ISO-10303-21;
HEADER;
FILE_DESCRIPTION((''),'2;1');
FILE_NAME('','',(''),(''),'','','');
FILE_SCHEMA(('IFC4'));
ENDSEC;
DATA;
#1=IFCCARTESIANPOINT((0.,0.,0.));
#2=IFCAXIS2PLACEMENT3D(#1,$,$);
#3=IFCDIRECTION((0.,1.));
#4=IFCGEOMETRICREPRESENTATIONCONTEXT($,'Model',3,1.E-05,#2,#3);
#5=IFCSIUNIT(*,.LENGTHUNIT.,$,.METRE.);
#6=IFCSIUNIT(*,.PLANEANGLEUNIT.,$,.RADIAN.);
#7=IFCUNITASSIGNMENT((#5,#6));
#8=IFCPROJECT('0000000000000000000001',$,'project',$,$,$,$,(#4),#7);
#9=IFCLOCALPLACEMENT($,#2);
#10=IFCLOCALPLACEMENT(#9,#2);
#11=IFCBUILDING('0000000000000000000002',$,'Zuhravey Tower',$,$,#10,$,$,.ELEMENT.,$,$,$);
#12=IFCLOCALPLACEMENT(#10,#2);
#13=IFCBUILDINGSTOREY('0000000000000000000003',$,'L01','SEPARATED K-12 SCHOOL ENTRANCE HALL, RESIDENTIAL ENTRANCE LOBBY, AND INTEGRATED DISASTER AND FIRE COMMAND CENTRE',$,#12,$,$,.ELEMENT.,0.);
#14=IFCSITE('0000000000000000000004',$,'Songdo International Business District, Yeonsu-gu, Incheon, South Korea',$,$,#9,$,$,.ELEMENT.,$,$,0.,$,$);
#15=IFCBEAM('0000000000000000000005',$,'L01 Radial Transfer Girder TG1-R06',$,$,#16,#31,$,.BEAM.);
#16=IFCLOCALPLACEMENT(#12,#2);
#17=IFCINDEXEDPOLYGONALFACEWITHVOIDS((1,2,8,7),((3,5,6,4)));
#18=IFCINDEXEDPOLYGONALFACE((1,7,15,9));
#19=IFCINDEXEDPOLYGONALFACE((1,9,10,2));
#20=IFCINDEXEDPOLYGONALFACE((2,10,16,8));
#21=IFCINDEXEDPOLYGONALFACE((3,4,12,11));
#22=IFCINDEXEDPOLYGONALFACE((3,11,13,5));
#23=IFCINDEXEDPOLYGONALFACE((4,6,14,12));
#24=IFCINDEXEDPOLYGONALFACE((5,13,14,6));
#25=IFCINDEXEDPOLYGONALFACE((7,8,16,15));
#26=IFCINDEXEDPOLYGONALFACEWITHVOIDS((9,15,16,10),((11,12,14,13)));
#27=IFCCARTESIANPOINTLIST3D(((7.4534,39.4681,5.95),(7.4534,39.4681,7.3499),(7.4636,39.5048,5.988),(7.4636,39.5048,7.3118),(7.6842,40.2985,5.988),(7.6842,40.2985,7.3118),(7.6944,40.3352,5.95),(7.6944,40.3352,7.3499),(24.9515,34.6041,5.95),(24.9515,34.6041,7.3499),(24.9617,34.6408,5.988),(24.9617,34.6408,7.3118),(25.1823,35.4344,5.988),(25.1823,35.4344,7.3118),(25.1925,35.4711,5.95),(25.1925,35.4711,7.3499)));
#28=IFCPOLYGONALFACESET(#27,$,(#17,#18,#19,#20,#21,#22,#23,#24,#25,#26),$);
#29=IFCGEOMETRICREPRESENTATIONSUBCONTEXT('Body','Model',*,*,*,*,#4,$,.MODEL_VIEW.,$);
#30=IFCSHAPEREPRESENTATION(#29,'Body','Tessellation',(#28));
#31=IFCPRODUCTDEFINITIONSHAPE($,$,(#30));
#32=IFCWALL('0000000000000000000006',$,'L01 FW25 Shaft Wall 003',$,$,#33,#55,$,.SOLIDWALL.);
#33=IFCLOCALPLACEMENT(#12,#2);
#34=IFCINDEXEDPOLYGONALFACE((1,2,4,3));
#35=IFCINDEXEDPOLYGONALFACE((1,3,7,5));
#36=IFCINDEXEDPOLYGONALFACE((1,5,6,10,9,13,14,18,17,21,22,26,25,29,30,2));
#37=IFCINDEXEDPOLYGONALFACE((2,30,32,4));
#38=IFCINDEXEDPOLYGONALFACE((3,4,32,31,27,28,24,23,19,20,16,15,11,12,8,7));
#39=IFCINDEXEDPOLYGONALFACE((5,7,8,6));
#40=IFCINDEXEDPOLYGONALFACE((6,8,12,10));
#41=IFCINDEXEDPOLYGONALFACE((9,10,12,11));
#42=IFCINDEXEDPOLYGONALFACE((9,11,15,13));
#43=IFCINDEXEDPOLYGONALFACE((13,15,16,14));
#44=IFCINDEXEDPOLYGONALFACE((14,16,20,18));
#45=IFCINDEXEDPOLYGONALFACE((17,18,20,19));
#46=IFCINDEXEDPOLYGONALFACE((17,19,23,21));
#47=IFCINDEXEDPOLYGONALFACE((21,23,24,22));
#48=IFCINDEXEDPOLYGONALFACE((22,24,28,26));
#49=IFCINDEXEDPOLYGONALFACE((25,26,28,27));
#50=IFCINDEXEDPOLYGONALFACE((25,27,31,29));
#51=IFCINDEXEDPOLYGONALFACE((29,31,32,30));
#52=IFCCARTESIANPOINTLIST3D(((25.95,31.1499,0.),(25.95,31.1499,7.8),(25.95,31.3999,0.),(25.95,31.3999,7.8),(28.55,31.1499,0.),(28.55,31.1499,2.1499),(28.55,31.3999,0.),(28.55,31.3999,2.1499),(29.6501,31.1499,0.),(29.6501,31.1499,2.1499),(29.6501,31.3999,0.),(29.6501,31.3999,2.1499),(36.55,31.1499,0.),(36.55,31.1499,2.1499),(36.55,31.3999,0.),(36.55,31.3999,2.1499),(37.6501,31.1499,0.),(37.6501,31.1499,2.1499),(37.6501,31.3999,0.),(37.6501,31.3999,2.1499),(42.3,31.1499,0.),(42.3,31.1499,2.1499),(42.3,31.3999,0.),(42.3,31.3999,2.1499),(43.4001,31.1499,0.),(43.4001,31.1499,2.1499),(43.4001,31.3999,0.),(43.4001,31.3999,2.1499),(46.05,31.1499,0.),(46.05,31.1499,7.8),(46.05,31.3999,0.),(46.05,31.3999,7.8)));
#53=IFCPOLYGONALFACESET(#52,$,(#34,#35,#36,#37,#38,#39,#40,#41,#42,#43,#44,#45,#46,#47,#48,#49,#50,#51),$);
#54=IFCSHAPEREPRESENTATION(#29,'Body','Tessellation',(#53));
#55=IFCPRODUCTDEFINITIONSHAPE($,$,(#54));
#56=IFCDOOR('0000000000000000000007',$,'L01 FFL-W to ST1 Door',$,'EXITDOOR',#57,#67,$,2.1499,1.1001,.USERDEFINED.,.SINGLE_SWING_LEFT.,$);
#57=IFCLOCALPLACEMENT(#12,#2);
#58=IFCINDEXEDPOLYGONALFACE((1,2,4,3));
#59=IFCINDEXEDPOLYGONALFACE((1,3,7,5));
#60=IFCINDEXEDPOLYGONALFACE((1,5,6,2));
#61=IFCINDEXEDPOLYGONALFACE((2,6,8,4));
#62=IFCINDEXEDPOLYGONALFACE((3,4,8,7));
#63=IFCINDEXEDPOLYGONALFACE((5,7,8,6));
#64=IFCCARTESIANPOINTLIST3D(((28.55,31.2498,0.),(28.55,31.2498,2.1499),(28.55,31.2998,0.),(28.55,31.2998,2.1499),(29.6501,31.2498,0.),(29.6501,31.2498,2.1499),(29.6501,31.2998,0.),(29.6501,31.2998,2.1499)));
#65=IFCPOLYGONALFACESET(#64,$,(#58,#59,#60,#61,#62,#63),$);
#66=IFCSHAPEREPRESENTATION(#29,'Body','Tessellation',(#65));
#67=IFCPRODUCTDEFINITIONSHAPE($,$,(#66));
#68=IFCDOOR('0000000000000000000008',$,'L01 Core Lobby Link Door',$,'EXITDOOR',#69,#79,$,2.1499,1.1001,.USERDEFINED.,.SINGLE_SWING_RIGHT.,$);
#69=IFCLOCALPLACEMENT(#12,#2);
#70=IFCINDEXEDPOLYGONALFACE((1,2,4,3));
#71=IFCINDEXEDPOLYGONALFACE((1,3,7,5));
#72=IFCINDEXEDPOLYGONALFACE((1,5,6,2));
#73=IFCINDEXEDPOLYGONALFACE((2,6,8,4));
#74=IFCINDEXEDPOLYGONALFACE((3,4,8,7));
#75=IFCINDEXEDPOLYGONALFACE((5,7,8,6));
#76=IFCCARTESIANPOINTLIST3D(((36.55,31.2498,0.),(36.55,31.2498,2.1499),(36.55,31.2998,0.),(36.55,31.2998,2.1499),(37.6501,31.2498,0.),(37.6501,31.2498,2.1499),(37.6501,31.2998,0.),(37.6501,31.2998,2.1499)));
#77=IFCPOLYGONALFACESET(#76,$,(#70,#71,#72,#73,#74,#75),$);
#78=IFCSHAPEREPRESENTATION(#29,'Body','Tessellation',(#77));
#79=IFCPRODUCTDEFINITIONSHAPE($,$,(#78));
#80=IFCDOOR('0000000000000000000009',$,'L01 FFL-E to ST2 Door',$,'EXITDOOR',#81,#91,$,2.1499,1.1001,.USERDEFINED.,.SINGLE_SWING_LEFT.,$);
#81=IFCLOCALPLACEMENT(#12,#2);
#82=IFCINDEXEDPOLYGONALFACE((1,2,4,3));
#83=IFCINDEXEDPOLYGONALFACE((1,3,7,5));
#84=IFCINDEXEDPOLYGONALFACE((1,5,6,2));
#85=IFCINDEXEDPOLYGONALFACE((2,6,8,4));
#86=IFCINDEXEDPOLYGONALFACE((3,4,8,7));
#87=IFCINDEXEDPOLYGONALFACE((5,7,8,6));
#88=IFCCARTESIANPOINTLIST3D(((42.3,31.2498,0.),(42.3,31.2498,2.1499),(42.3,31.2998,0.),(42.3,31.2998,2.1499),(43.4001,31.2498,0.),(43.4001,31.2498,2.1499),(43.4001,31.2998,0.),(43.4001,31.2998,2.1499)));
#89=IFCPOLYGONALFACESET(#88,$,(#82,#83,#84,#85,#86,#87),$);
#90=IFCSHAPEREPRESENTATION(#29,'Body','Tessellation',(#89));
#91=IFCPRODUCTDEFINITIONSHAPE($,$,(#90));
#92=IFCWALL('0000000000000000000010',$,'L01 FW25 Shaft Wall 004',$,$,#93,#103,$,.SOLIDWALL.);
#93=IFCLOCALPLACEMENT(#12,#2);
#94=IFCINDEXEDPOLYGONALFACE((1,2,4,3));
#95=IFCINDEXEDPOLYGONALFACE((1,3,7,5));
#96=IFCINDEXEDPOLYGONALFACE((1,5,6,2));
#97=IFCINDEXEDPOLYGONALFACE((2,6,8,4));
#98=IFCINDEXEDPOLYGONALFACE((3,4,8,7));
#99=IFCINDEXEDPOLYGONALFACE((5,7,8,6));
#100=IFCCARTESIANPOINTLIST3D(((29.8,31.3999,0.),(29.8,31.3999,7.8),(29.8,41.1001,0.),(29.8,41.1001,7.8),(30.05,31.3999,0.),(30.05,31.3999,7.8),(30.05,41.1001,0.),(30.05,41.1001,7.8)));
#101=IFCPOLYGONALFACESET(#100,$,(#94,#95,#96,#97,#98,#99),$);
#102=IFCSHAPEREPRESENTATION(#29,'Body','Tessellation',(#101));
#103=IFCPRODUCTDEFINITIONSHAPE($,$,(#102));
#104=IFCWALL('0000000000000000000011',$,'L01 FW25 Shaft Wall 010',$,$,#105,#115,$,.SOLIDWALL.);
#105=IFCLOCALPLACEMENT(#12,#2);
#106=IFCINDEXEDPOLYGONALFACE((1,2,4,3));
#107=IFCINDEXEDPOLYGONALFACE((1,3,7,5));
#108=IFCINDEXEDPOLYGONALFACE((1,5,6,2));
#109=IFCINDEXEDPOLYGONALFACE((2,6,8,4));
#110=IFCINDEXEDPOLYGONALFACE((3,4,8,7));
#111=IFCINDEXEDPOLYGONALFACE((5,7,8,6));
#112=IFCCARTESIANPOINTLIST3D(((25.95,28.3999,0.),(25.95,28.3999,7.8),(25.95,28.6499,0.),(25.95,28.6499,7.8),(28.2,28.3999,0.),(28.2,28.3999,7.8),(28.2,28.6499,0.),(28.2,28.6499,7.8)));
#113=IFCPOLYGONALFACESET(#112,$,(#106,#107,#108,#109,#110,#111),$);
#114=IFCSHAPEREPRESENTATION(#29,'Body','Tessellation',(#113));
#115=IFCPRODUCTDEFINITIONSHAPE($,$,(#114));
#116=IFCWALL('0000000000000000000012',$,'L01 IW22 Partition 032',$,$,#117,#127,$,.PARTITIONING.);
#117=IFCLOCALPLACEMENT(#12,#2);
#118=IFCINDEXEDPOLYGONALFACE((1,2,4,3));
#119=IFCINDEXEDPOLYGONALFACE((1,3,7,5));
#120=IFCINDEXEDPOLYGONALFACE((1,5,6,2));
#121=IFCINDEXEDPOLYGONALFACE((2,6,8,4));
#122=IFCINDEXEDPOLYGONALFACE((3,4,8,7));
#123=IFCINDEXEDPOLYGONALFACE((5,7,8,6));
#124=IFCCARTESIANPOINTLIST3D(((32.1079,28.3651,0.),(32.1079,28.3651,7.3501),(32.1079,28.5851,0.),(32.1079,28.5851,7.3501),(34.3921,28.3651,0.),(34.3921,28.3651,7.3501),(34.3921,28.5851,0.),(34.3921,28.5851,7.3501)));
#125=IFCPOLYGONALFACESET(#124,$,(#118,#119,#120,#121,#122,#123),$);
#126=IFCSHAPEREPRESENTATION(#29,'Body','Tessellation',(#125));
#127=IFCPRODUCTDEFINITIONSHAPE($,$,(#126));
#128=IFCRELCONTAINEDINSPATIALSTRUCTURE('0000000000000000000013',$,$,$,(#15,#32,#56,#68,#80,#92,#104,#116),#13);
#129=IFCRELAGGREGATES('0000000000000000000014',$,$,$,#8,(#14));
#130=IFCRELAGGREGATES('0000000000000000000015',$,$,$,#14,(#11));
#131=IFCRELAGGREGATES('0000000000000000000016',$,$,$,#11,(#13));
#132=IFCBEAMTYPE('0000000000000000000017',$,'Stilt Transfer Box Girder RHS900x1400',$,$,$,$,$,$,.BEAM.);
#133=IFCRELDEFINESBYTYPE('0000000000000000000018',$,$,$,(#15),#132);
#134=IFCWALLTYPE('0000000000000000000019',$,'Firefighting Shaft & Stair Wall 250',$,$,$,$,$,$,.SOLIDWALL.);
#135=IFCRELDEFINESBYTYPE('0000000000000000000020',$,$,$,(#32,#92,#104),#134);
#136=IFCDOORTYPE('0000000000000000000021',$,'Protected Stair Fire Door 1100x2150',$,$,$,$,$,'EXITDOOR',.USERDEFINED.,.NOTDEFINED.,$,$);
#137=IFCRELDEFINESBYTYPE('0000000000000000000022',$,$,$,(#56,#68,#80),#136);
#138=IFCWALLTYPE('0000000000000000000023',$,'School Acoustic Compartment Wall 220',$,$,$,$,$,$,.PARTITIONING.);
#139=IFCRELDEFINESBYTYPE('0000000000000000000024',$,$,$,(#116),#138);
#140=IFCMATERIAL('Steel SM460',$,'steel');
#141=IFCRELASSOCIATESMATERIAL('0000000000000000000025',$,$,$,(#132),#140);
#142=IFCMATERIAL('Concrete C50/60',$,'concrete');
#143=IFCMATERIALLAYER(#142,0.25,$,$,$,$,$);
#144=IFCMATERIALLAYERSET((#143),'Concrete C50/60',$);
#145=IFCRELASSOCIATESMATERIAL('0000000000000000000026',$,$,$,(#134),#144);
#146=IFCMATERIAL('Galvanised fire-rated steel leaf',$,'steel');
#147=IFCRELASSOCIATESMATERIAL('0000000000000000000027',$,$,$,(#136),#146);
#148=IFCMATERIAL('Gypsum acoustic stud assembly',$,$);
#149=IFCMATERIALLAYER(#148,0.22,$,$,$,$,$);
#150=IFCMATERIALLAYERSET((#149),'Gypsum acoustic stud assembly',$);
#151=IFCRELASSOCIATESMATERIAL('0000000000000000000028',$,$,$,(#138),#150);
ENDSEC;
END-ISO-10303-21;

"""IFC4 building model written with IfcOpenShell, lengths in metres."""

from ifc_helpers import new_model, si_unit, direction, frame, frame_2d, origin, origin_2d, place, context, subcontext, project, spatial, rectangle, hollow_rectangle, extrude, material, layer, layer_set, material_profile, profile_set, type_object, element, fill, save


model = new_model("IFC4")

# Units and contexts
model_context = context("Model", 3, precision=1e-05, world=origin(), true_north=direction((0.0, 1.0)))
body_context = subcontext(model_context, "Body", "Model", "MODEL_VIEW")
ifc_project = project(units=[si_unit("LENGTHUNIT", "METRE"), si_unit("PLANEANGLEUNIT", "RADIAN")], contexts=[model_context])

# Site, building, storey
site_placement = place(None, origin())
site = spatial("IfcSite", under=ifc_project, at=site_placement, Name="Songdo International Business District, Yeonsu-gu, Incheon, South Korea", CompositionType="ELEMENT", RefElevation=0.0)
building_placement = place(site_placement, origin())
building = spatial("IfcBuilding", under=site, at=building_placement, Name="Zuhravey Tower", CompositionType="ELEMENT")
storey_placement = place(building_placement, origin())
storey = spatial("IfcBuildingStorey", under=building, at=storey_placement, Name="L01", Description="SEPARATED K-12 SCHOOL ENTRANCE HALL, RESIDENTIAL ENTRANCE LOBBY, AND INTEGRATED DISASTER AND FIRE COMMAND CENTRE", CompositionType="ELEMENT", Elevation=0.0)

# Beam
ifc_material_1 = material(Name="Steel SM460", Category="steel")
ifc_material_profile = material_profile(ifc_material_1, hollow_rectangle(XDim=0.8999, YDim=1.3999, WallThickness=0.0381, at=origin_2d()), Name="RHS-900x1400x38")
ifc_profile_set = profile_set([ifc_material_profile], Name="Steel SM460")
beam_type = type_object("IfcBeamType", Name="Stilt Transfer Box Girder RHS900x1400", PredefinedType="BEAM", material=ifc_profile_set)
beam_placement = place(storey_placement, frame((25.072, 35.0376, 6.6499), z_axis=(-0.963469, 0.26782, 0.0), x_axis=(-0.26782, -0.963469, 0.0)))
element("IfcBeam", 1, at=beam_placement, inside=storey, type_object=beam_type, Name="L01 Radial Transfer Girder TG1-R06", PredefinedType="BEAM", context=body_context, shape_type="SweptSolid", body=[
    extrude(hollow_rectangle(XDim=0.8999, YDim=1.3999, WallThickness=0.0381, at=origin_2d()), origin(), (0.0, 0.0, 1.0), 18.1616),
])

# Wall, openings, doors
ifc_material_2 = material(Name="Concrete C50/60", Category="concrete")
ifc_layer_1 = layer(ifc_material_2, 0.25)
ifc_layer_set_1 = layer_set([ifc_layer_1], Name="Concrete C50/60")
wall_type_1 = type_object("IfcWallType", Name="Firefighting Shaft & Stair Wall 250", PredefinedType="SOLIDWALL", material=ifc_layer_set_1)
wall_1_placement = place(storey_placement, frame((25.95, 31.2749, 0.0), z_axis=(0.0, 0.0, 1.0), x_axis=(1.0, 0.0, 0.0)))
wall_1 = element("IfcWall", 2, at=wall_1_placement, inside=storey, type_object=wall_type_1, Name="L01 FW25 Shaft Wall 003", PredefinedType="SOLIDWALL", context=body_context, shape_type="SweptSolid", body=[
    extrude(rectangle(XDim=20.1001, YDim=0.25, at=frame_2d((10.05, 0.0))), origin(), (0.0, 0.0, 1.0), 7.8),
])
opening_1_placement = place(wall_1_placement, frame((2.6001, 0.0, 0.0)))
opening_1 = element("IfcOpeningElement", 3, at=opening_1_placement, cuts=wall_1, PredefinedType="OPENING", context=body_context, shape_type="SweptSolid", body=[
    extrude(rectangle(XDim=1.1001, YDim=2.1499, at=frame_2d((0.55, 1.075))), frame((0.0, 0.137, 0.0), z_axis=(0.0, -1.0, 0.0), x_axis=(1.0, 0.0, 0.0)), (0.0, 0.0, 1.0), 0.2739),
])
opening_2_placement = place(wall_1_placement, frame((10.6001, 0.0, 0.0)))
opening_2 = element("IfcOpeningElement", 4, at=opening_2_placement, cuts=wall_1, PredefinedType="OPENING", context=body_context, shape_type="SweptSolid", body=[
    extrude(rectangle(XDim=1.1001, YDim=2.1499, at=frame_2d((0.55, 1.075))), frame((0.0, 0.137, 0.0), z_axis=(0.0, -1.0, 0.0), x_axis=(1.0, 0.0, 0.0)), (0.0, 0.0, 1.0), 0.2739),
])
opening_3_placement = place(wall_1_placement, frame((16.3501, 0.0, 0.0)))
opening_3 = element("IfcOpeningElement", 5, at=opening_3_placement, cuts=wall_1, PredefinedType="OPENING", context=body_context, shape_type="SweptSolid", body=[
    extrude(rectangle(XDim=1.1001, YDim=2.1499, at=frame_2d((0.55, 1.075))), frame((0.0, 0.137, 0.0), z_axis=(0.0, -1.0, 0.0), x_axis=(1.0, 0.0, 0.0)), (0.0, 0.0, 1.0), 0.2739),
])
ifc_material_3 = material(Name="Galvanised fire-rated steel leaf", Category="steel")
door_type = type_object("IfcDoorType", Name="Protected Stair Fire Door 1100x2150", ElementType="EXITDOOR", OperationType="NOTDEFINED", PredefinedType="USERDEFINED", material=ifc_material_3)
door_1_placement = place(opening_1_placement, origin())
door_1 = element("IfcDoor", 6, at=door_1_placement, inside=storey, type_object=door_type, Name="L01 FFL-W to ST1 Door", ObjectType="EXITDOOR", OperationType="SINGLE_SWING_LEFT", OverallHeight=2.1499, OverallWidth=1.1001, PredefinedType="USERDEFINED", context=body_context, shape_type="SweptSolid", body=[
    extrude(rectangle(XDim=1.1001, YDim=2.1499, at=frame_2d((0.55, 1.075))), frame((0.0, 0.0249, 0.0), z_axis=(0.0, -1.0, 0.0), x_axis=(1.0, 0.0, 0.0)), (0.0, 0.0, 1.0), 0.05),
])
fill(opening_1, door_1)
door_2_placement = place(opening_2_placement, origin())
door_2 = element("IfcDoor", 7, at=door_2_placement, inside=storey, type_object=door_type, Name="L01 Core Lobby Link Door", ObjectType="EXITDOOR", OperationType="SINGLE_SWING_RIGHT", OverallHeight=2.1499, OverallWidth=1.1001, PredefinedType="USERDEFINED", context=body_context, shape_type="SweptSolid", body=[
    extrude(rectangle(XDim=1.1001, YDim=2.1499, at=frame_2d((0.55, 1.075))), frame((0.0, 0.0249, 0.0), z_axis=(0.0, -1.0, 0.0), x_axis=(1.0, 0.0, 0.0)), (0.0, 0.0, 1.0), 0.05),
])
fill(opening_2, door_2)
door_3_placement = place(opening_3_placement, origin())
door_3 = element("IfcDoor", 8, at=door_3_placement, inside=storey, type_object=door_type, Name="L01 FFL-E to ST2 Door", ObjectType="EXITDOOR", OperationType="SINGLE_SWING_LEFT", OverallHeight=2.1499, OverallWidth=1.1001, PredefinedType="USERDEFINED", context=body_context, shape_type="SweptSolid", body=[
    extrude(rectangle(XDim=1.1001, YDim=2.1499, at=frame_2d((0.55, 1.075))), frame((0.0, 0.0249, 0.0), z_axis=(0.0, -1.0, 0.0), x_axis=(1.0, 0.0, 0.0)), (0.0, 0.0, 1.0), 0.05),
])
fill(opening_3, door_3)

# Walls
wall_2_placement = place(storey_placement, frame((29.925, 31.3999, 0.0), z_axis=(0.0, 0.0, 1.0), x_axis=(0.0, 1.0, 0.0)))
element("IfcWall", 9, at=wall_2_placement, inside=storey, type_object=wall_type_1, Name="L01 FW25 Shaft Wall 004", PredefinedType="SOLIDWALL", context=body_context, shape_type="SweptSolid", body=[
    extrude(rectangle(XDim=9.7002, YDim=0.25, at=frame_2d((4.8501, 0.0))), origin(), (0.0, 0.0, 1.0), 7.8),
])
wall_3_placement = place(storey_placement, frame((25.95, 28.5249, 0.0), z_axis=(0.0, 0.0, 1.0), x_axis=(1.0, 0.0, 0.0)))
element("IfcWall", 10, at=wall_3_placement, inside=storey, type_object=wall_type_1, Name="L01 FW25 Shaft Wall 010", PredefinedType="SOLIDWALL", context=body_context, shape_type="SweptSolid", body=[
    extrude(rectangle(XDim=2.25, YDim=0.25, at=frame_2d((1.125, 0.0))), origin(), (0.0, 0.0, 1.0), 7.8),
])
ifc_material_4 = material(Name="Gypsum acoustic stud assembly")
ifc_layer_2 = layer(ifc_material_4, 0.22)
ifc_layer_set_2 = layer_set([ifc_layer_2], Name="Gypsum acoustic stud assembly")
wall_type_2 = type_object("IfcWallType", Name="School Acoustic Compartment Wall 220", PredefinedType="PARTITIONING", material=ifc_layer_set_2)
wall_4_placement = place(storey_placement, frame((32.1079, 28.4751, 0.0), z_axis=(0.0, 0.0, 1.0), x_axis=(1.0, 0.0, 0.0)))
element("IfcWall", 11, at=wall_4_placement, inside=storey, type_object=wall_type_2, Name="L01 IW22 Partition 032", PredefinedType="PARTITIONING", context=body_context, shape_type="SweptSolid", body=[
    extrude(rectangle(XDim=2.2842, YDim=0.22, at=frame_2d((1.1421, 0.0))), origin(), (0.0, 0.0, 1.0), 7.3501),
])

save(model, "model.ifc")
